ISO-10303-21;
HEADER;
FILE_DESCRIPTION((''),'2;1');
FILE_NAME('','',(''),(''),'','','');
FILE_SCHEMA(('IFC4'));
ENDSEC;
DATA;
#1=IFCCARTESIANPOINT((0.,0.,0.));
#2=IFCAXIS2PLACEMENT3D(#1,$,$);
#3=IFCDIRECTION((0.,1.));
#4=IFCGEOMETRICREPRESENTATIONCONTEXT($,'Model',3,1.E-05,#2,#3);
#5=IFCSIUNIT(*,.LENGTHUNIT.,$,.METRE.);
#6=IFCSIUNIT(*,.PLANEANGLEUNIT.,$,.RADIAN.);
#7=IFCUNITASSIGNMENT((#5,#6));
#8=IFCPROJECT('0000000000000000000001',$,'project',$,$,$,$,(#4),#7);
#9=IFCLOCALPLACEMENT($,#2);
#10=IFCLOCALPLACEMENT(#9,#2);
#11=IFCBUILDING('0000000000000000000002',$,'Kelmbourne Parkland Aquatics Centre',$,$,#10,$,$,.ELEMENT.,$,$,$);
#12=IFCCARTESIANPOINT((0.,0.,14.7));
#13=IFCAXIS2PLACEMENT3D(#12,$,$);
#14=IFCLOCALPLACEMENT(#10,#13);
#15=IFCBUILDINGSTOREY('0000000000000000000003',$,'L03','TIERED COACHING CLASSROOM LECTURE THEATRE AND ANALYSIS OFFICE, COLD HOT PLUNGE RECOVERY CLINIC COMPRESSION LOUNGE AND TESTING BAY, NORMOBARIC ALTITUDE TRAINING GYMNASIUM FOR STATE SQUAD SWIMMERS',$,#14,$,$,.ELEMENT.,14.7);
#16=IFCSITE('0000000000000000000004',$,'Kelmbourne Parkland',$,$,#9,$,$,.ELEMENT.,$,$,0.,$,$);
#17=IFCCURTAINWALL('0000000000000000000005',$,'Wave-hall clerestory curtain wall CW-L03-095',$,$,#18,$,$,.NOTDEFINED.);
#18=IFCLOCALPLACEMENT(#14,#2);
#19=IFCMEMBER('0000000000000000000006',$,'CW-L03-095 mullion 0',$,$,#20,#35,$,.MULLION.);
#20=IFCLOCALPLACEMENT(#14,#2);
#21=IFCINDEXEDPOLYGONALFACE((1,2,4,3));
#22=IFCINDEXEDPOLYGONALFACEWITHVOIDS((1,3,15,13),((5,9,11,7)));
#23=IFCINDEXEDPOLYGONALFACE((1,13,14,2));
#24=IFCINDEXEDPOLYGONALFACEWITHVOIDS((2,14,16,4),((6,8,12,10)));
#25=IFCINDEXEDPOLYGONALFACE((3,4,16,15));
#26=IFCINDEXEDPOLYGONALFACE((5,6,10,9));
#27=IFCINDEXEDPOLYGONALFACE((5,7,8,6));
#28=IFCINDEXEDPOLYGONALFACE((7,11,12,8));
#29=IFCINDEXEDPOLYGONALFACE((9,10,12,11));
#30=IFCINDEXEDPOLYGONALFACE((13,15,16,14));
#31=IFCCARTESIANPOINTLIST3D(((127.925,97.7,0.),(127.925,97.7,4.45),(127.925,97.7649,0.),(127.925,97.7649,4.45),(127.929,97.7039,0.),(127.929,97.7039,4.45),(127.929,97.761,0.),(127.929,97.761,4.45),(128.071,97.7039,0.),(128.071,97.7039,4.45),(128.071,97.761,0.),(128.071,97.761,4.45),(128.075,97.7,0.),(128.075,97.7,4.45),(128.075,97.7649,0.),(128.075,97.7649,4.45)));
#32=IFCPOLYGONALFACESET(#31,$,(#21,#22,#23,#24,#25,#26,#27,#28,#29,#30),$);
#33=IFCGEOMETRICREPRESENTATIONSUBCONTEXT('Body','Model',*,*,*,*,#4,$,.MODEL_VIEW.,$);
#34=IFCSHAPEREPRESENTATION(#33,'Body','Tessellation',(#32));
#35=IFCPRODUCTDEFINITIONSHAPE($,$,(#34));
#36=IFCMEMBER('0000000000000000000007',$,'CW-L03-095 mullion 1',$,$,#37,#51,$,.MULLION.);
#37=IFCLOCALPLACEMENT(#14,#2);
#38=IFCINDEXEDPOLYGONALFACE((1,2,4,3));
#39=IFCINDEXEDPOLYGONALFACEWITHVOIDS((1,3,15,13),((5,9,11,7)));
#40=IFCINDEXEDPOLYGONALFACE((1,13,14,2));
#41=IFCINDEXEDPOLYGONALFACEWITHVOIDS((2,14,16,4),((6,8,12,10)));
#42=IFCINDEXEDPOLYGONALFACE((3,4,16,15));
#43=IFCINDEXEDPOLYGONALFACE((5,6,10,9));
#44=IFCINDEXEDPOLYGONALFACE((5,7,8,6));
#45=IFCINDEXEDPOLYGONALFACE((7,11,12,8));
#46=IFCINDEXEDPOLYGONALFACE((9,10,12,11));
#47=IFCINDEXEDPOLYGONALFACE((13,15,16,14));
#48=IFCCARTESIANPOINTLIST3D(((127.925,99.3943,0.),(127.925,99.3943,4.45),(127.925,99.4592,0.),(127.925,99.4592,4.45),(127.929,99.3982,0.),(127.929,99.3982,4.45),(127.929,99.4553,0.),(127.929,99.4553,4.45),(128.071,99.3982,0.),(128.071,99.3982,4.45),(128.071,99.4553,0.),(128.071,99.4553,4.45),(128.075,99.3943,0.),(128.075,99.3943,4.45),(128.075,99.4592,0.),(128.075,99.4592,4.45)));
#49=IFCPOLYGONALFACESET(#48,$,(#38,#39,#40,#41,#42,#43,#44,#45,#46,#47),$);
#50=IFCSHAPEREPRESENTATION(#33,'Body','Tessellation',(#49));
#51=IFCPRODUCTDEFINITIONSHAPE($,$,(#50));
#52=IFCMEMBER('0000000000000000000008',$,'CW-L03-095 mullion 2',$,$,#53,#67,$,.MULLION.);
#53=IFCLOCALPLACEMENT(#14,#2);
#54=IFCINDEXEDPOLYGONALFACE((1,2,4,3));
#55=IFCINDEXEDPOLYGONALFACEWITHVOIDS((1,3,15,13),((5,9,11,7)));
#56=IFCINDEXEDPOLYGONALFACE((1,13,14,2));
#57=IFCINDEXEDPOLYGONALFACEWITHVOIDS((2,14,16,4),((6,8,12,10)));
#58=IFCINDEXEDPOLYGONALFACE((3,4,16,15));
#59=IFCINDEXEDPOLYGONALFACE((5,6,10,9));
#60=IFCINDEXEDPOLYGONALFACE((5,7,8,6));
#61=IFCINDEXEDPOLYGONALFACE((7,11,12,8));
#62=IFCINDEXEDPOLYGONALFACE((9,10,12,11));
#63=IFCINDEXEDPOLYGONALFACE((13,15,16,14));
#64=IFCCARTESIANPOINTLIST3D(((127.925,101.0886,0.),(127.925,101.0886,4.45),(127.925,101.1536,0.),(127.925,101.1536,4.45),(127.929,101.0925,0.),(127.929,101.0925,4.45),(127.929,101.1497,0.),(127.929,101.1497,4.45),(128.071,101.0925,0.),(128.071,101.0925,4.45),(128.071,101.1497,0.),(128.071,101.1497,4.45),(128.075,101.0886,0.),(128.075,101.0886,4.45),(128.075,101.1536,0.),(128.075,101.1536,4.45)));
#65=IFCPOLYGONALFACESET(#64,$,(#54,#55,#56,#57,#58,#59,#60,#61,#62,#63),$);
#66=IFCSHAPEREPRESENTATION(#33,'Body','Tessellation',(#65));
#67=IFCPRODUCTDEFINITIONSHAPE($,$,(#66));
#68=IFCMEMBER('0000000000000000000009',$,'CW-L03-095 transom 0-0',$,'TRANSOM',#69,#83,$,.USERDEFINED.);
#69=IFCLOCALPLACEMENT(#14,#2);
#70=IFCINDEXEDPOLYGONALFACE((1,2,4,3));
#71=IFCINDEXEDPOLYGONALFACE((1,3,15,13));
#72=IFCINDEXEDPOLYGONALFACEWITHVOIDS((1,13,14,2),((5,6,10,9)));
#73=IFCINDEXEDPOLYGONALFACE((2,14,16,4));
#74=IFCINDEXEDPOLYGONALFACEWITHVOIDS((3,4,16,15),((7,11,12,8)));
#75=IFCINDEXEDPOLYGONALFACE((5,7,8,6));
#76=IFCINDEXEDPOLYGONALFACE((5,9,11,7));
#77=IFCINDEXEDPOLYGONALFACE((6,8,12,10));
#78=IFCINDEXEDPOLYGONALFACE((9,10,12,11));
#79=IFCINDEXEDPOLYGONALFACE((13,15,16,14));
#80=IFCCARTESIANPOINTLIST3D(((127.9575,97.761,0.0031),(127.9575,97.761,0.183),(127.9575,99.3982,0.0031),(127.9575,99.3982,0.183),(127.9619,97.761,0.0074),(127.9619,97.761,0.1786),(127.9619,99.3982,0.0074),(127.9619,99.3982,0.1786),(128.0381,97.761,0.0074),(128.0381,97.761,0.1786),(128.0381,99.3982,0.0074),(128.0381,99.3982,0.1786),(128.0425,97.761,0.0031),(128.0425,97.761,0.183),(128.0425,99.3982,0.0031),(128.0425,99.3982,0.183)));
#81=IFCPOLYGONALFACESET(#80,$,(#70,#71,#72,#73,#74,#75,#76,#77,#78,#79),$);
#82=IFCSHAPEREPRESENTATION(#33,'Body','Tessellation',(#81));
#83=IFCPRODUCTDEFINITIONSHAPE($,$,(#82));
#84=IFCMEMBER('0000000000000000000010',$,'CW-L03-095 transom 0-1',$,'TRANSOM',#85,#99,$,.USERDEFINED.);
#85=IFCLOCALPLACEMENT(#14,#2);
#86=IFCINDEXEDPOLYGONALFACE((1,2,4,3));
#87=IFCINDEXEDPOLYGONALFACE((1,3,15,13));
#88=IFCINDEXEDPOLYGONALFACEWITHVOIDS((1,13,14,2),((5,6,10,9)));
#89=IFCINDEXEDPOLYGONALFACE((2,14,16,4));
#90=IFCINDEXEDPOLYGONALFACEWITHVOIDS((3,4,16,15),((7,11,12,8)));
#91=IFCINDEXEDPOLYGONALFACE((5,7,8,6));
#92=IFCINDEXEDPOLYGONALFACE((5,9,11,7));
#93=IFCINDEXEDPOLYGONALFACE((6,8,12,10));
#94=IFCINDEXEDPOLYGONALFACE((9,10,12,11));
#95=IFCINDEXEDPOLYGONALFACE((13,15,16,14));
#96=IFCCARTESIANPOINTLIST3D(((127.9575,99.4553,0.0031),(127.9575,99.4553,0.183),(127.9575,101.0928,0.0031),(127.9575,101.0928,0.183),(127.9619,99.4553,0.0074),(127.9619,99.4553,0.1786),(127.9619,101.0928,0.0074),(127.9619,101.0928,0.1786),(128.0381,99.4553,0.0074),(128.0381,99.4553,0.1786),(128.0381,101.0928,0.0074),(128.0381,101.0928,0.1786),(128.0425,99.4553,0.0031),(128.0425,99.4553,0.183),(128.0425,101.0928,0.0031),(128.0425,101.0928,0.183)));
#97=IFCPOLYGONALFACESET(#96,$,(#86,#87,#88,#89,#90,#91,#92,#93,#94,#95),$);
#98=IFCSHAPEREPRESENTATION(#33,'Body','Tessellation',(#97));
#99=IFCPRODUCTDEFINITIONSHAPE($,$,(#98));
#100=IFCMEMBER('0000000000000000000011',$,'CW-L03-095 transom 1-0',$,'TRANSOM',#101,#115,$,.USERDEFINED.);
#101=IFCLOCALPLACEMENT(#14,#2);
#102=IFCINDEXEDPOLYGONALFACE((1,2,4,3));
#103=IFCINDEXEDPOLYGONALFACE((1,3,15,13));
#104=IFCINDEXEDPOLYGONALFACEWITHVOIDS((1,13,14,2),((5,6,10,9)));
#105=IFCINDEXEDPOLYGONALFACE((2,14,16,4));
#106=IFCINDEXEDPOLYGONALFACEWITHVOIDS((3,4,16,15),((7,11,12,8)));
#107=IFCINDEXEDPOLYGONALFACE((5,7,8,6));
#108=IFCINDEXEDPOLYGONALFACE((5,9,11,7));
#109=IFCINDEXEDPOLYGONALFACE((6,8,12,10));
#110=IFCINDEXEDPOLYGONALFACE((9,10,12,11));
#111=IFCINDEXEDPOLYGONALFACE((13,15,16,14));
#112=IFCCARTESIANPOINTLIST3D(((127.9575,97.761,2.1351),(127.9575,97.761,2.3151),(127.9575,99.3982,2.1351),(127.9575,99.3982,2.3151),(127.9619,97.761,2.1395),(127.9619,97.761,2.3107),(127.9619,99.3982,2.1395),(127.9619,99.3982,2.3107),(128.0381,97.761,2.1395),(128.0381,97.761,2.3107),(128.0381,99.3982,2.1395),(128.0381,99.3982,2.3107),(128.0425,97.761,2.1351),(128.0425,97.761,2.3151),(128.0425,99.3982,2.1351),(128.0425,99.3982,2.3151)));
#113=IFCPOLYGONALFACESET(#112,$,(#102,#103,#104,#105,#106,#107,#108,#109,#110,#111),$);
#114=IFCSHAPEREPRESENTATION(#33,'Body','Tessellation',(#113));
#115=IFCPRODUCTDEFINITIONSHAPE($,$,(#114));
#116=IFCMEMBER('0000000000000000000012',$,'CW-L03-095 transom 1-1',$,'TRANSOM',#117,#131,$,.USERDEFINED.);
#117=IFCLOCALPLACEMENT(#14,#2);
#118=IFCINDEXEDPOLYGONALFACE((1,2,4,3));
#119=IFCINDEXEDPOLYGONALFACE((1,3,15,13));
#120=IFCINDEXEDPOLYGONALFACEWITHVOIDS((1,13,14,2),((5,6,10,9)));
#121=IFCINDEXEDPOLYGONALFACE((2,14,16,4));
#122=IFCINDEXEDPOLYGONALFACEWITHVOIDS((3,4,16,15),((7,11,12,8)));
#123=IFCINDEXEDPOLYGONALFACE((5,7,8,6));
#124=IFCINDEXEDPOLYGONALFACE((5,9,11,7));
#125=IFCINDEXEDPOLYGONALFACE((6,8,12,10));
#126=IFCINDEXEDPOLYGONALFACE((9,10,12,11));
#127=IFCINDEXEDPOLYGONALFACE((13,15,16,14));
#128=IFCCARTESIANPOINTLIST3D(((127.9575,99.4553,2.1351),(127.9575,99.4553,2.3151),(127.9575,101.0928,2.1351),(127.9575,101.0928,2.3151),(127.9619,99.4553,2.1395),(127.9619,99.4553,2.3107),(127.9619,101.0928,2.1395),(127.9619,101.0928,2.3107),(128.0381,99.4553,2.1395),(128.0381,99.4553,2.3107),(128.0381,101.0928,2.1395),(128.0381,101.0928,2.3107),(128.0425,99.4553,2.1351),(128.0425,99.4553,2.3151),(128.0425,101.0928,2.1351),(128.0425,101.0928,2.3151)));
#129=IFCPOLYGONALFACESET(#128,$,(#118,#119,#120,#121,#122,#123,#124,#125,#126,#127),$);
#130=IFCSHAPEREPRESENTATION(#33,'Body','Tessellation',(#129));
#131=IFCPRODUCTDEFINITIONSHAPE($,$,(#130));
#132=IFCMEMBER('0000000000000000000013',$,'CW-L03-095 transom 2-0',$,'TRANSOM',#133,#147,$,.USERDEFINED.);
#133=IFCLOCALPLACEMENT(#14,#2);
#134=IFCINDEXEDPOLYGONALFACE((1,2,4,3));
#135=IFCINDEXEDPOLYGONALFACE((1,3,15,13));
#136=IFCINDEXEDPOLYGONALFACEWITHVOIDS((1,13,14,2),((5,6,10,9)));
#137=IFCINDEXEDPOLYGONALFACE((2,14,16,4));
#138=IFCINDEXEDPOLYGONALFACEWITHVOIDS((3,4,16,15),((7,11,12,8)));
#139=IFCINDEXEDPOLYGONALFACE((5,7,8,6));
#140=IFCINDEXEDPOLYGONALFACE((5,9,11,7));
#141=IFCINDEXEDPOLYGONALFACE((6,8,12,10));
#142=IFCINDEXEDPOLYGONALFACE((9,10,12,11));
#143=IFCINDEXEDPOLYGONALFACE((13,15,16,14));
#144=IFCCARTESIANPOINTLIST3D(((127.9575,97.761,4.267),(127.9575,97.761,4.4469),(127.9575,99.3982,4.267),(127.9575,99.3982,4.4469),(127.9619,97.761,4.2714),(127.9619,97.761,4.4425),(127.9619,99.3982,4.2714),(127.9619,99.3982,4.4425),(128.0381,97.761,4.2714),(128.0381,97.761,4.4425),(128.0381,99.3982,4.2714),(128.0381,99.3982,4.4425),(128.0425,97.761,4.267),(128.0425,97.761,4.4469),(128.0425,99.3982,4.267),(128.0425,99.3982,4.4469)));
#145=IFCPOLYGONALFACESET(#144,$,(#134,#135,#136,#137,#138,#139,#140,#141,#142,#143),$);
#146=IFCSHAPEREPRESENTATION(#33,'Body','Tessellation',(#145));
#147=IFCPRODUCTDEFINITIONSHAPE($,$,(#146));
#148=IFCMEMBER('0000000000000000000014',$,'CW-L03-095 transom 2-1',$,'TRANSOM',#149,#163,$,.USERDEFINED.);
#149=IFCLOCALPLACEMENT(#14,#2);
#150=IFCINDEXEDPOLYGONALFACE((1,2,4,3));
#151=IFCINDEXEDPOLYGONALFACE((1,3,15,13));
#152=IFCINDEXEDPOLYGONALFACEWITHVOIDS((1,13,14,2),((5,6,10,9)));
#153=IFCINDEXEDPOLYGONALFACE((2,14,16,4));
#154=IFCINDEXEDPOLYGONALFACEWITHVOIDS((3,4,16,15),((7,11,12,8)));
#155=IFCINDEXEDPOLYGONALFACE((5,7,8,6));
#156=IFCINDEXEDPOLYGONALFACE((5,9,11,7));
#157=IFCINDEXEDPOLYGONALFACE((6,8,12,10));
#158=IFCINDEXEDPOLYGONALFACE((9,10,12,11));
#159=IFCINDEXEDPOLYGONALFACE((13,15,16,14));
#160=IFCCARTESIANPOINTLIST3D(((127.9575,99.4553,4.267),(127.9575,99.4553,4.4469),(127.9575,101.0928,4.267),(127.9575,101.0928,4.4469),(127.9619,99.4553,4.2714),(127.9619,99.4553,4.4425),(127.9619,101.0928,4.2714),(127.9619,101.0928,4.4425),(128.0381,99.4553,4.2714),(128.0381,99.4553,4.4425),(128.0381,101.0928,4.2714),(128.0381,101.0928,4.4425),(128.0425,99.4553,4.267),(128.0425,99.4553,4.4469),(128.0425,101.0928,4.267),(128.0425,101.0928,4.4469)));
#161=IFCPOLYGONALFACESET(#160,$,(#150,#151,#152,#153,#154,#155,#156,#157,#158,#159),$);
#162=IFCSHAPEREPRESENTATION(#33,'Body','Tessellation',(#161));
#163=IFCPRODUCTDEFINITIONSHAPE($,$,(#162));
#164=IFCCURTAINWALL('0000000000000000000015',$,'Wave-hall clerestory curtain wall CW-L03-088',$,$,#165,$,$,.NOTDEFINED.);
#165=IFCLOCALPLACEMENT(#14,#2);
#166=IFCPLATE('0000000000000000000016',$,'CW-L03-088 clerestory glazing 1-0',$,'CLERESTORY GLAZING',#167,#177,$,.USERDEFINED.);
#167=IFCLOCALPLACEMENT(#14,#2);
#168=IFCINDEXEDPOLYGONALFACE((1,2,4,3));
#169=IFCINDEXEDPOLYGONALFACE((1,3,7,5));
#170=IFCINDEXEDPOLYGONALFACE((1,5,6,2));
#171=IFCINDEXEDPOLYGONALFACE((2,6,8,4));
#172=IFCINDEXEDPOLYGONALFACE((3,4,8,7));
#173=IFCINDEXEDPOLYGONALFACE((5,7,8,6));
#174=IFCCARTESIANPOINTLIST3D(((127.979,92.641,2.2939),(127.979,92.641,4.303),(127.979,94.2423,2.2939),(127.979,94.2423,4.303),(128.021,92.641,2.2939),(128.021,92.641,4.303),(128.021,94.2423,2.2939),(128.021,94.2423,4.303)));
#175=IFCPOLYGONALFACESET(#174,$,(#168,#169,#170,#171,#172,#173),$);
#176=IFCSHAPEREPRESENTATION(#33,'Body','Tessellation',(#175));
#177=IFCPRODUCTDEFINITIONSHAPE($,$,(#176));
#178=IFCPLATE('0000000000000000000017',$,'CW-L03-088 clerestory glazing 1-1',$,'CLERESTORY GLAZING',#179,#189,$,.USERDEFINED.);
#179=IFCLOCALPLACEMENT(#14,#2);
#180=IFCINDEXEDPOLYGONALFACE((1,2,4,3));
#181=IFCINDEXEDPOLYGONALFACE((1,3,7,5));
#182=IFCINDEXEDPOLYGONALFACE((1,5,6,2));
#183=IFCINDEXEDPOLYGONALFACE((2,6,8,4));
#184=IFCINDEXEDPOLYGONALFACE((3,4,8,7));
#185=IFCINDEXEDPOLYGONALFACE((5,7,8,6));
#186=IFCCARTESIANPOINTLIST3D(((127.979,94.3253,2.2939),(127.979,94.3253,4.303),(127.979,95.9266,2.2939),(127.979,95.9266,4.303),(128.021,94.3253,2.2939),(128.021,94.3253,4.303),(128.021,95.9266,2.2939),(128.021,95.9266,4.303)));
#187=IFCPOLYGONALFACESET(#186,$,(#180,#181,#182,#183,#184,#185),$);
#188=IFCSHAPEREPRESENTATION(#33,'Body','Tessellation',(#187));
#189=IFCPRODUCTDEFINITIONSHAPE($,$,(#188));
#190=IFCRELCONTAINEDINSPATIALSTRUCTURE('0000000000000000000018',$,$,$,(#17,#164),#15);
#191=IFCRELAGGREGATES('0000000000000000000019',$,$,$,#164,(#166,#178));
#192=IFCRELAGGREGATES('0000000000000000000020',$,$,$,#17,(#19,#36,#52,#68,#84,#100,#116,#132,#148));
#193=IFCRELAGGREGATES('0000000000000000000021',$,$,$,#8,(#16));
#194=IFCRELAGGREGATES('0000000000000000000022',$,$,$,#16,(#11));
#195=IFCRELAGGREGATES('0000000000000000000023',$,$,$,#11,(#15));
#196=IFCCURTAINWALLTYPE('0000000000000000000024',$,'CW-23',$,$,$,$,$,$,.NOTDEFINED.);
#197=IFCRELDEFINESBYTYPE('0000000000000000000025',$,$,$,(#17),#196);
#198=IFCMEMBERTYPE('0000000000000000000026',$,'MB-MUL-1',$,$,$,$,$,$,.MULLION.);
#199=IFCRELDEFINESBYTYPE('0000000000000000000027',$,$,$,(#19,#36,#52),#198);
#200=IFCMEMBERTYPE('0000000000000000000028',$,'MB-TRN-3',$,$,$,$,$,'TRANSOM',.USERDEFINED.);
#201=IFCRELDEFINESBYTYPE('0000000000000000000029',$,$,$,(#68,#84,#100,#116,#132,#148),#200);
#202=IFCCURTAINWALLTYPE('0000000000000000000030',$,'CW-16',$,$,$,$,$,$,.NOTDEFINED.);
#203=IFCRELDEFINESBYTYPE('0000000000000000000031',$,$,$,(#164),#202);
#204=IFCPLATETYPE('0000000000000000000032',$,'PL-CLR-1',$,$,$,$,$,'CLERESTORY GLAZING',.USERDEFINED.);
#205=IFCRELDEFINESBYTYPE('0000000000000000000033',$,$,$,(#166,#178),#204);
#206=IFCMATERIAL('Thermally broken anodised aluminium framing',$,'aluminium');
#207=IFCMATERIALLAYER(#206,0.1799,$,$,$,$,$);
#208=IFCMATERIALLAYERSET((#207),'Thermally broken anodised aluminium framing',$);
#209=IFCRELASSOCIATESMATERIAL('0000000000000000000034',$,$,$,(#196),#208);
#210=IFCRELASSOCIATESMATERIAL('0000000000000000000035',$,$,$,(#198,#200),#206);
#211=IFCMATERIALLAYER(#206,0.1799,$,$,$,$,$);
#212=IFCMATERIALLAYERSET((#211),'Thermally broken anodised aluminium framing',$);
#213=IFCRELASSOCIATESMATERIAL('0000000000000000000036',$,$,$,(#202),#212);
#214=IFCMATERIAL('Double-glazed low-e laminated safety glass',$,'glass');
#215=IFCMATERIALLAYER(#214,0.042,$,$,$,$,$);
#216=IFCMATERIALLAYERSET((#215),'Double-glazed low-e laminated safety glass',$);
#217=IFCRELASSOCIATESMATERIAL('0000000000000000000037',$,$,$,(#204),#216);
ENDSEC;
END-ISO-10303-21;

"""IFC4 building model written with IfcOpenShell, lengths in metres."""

from ifc_helpers import new_model, si_unit, direction, frame, origin, origin_2d, place, context, subcontext, project, spatial, rectangle, hollow_rectangle, extrude, material, layer, layer_set, material_profile, profile_set, type_object, element, aggregate, save


model = new_model("IFC4")

# Units and contexts
model_context = context("Model", 3, precision=1e-05, world=origin(), true_north=direction((0.0, 1.0)))
body_context = subcontext(model_context, "Body", "Model", "MODEL_VIEW")
ifc_project = project(units=[si_unit("LENGTHUNIT", "METRE"), si_unit("PLANEANGLEUNIT", "RADIAN")], contexts=[model_context])

# Site, building, storey
site_placement = place(None, origin())
site = spatial("IfcSite", under=ifc_project, at=site_placement, Name="Kelmbourne Parkland", CompositionType="ELEMENT", RefElevation=0.0)
building_placement = place(site_placement, origin())
building = spatial("IfcBuilding", under=site, at=building_placement, Name="Kelmbourne Parkland Aquatics Centre", CompositionType="ELEMENT")
storey_placement = place(building_placement, frame((0.0, 0.0, 14.7)))
storey = spatial("IfcBuildingStorey", under=building, at=storey_placement, Name="L03", Description="TIERED COACHING CLASSROOM LECTURE THEATRE AND ANALYSIS OFFICE, COLD HOT PLUNGE RECOVERY CLINIC COMPRESSION LOUNGE AND TESTING BAY, NORMOBARIC ALTITUDE TRAINING GYMNASIUM FOR STATE SQUAD SWIMMERS", CompositionType="ELEMENT", Elevation=14.7)

# Curtain wall, members
ifc_material_1 = material(Name="Thermally broken anodised aluminium framing", Category="aluminium")
ifc_layer_1 = layer(ifc_material_1, 0.1799)
ifc_layer_set_1 = layer_set([ifc_layer_1], Name="Thermally broken anodised aluminium framing")
curtain_wall_type_1 = type_object("IfcCurtainWallType", Name="CW-23", PredefinedType="NOTDEFINED", material=ifc_layer_set_1)
curtain_wall_1_placement = place(storey_placement, origin())
curtain_wall_1 = element("IfcCurtainWall", 1, at=curtain_wall_1_placement, inside=storey, type_object=curtain_wall_type_1, Name="Wave-hall clerestory curtain wall CW-L03-095", PredefinedType="NOTDEFINED")
ifc_material_profile_1 = material_profile(ifc_material_1, hollow_rectangle(XDim=0.0649, YDim=0.1499, WallThickness=0.0039, at=origin_2d()), Name="CW-M 65x150")
ifc_profile_set_1 = profile_set([ifc_material_profile_1], Name="Thermally broken anodised aluminium framing")
member_type_1 = type_object("IfcMemberType", Name="MB-MUL-1", PredefinedType="MULLION", material=ifc_profile_set_1)
member_1_placement = place(storey_placement, frame((128.0, 97.7324, 0.0), z_axis=(0.0, 0.0, 1.0), x_axis=(0.0, 1.0, 0.0)))
member_1 = element("IfcMember", 2, at=member_1_placement, type_object=member_type_1, Name="CW-L03-095 mullion 0", PredefinedType="MULLION", context=body_context, shape_type="SweptSolid", body=[
    extrude(hollow_rectangle(XDim=0.0649, YDim=0.1499, WallThickness=0.0039, at=origin_2d()), origin(), (0.0, 0.0, 1.0), 4.45),
])
member_2_placement = place(storey_placement, frame((128.0, 99.4268, 0.0), z_axis=(0.0, 0.0, 1.0), x_axis=(0.0, 1.0, 0.0)))
member_2 = element("IfcMember", 3, at=member_2_placement, type_object=member_type_1, Name="CW-L03-095 mullion 1", PredefinedType="MULLION", context=body_context, shape_type="SweptSolid", body=[
    extrude(hollow_rectangle(XDim=0.0649, YDim=0.1499, WallThickness=0.0039, at=origin_2d()), origin(), (0.0, 0.0, 1.0), 4.45),
])
member_3_placement = place(storey_placement, frame((128.0, 101.1211, 0.0), z_axis=(0.0, 0.0, 1.0), x_axis=(0.0, 1.0, 0.0)))
member_3 = element("IfcMember", 4, at=member_3_placement, type_object=member_type_1, Name="CW-L03-095 mullion 2", PredefinedType="MULLION", context=body_context, shape_type="SweptSolid", body=[
    extrude(hollow_rectangle(XDim=0.0649, YDim=0.1499, WallThickness=0.0039, at=origin_2d()), origin(), (0.0, 0.0, 1.0), 4.45),
])
ifc_material_profile_2 = material_profile(ifc_material_1, hollow_rectangle(XDim=0.085, YDim=0.1799, WallThickness=0.0044, at=origin_2d()), Name="CW-T 85x180")
ifc_profile_set_2 = profile_set([ifc_material_profile_2], Name="Thermally broken anodised aluminium framing")
member_type_2 = type_object("IfcMemberType", Name="MB-TRN-3", ElementType="TRANSOM", PredefinedType="USERDEFINED", material=ifc_profile_set_2)
member_4_placement = place(storey_placement, frame((128.0, 97.761, 0.093), z_axis=(0.0, 1.0, 0.0), x_axis=(-1.0, 0.0, 0.0)))
member_4 = element("IfcMember", 5, at=member_4_placement, type_object=member_type_2, Name="CW-L03-095 transom 0-0", ObjectType="TRANSOM", PredefinedType="USERDEFINED", context=body_context, shape_type="SweptSolid", body=[
    extrude(hollow_rectangle(XDim=0.085, YDim=0.1799, WallThickness=0.0044, at=origin_2d()), origin(), (0.0, 0.0, 1.0), 1.6372),
])
member_5_placement = place(storey_placement, frame((128.0, 99.4553, 0.093), z_axis=(0.0, 1.0, 0.0), x_axis=(-1.0, 0.0, 0.0)))
member_5 = element("IfcMember", 6, at=member_5_placement, type_object=member_type_2, Name="CW-L03-095 transom 0-1", ObjectType="TRANSOM", PredefinedType="USERDEFINED", context=body_context, shape_type="SweptSolid", body=[
    extrude(hollow_rectangle(XDim=0.085, YDim=0.1799, WallThickness=0.0044, at=origin_2d()), origin(), (0.0, 0.0, 1.0), 1.6375),
])
member_6_placement = place(storey_placement, frame((128.0, 97.761, 2.2251), z_axis=(0.0, 1.0, 0.0), x_axis=(-1.0, 0.0, 0.0)))
member_6 = element("IfcMember", 7, at=member_6_placement, type_object=member_type_2, Name="CW-L03-095 transom 1-0", ObjectType="TRANSOM", PredefinedType="USERDEFINED", context=body_context, shape_type="SweptSolid", body=[
    extrude(hollow_rectangle(XDim=0.085, YDim=0.1799, WallThickness=0.0044, at=origin_2d()), origin(), (0.0, 0.0, 1.0), 1.6372),
])
member_7_placement = place(storey_placement, frame((128.0, 99.4553, 2.2251), z_axis=(0.0, 1.0, 0.0), x_axis=(-1.0, 0.0, 0.0)))
member_7 = element("IfcMember", 8, at=member_7_placement, type_object=member_type_2, Name="CW-L03-095 transom 1-1", ObjectType="TRANSOM", PredefinedType="USERDEFINED", context=body_context, shape_type="SweptSolid", body=[
    extrude(hollow_rectangle(XDim=0.085, YDim=0.1799, WallThickness=0.0044, at=origin_2d()), origin(), (0.0, 0.0, 1.0), 1.6375),
])
member_8_placement = place(storey_placement, frame((128.0, 97.761, 4.3569), z_axis=(0.0, 1.0, 0.0), x_axis=(-1.0, 0.0, 0.0)))
member_8 = element("IfcMember", 9, at=member_8_placement, type_object=member_type_2, Name="CW-L03-095 transom 2-0", ObjectType="TRANSOM", PredefinedType="USERDEFINED", context=body_context, shape_type="SweptSolid", body=[
    extrude(hollow_rectangle(XDim=0.085, YDim=0.1799, WallThickness=0.0044, at=origin_2d()), origin(), (0.0, 0.0, 1.0), 1.6372),
])
member_9_placement = place(storey_placement, frame((128.0, 99.4553, 4.3569), z_axis=(0.0, 1.0, 0.0), x_axis=(-1.0, 0.0, 0.0)))
member_9 = element("IfcMember", 10, at=member_9_placement, type_object=member_type_2, Name="CW-L03-095 transom 2-1", ObjectType="TRANSOM", PredefinedType="USERDEFINED", context=body_context, shape_type="SweptSolid", body=[
    extrude(hollow_rectangle(XDim=0.085, YDim=0.1799, WallThickness=0.0044, at=origin_2d()), origin(), (0.0, 0.0, 1.0), 1.6375),
])

# Curtain wall, plates
ifc_layer_2 = layer(ifc_material_1, 0.1799)
ifc_layer_set_2 = layer_set([ifc_layer_2], Name="Thermally broken anodised aluminium framing")
curtain_wall_type_2 = type_object("IfcCurtainWallType", Name="CW-16", PredefinedType="NOTDEFINED", material=ifc_layer_set_2)
curtain_wall_2_placement = place(storey_placement, origin())
curtain_wall_2 = element("IfcCurtainWall", 11, at=curtain_wall_2_placement, inside=storey, type_object=curtain_wall_type_2, Name="Wave-hall clerestory curtain wall CW-L03-088", PredefinedType="NOTDEFINED")
ifc_material_2 = material(Name="Double-glazed low-e laminated safety glass", Category="glass")
ifc_layer_3 = layer(ifc_material_2, 0.042)
ifc_layer_set_3 = layer_set([ifc_layer_3], Name="Double-glazed low-e laminated safety glass")
plate_type_1 = type_object("IfcPlateType", Name="PL-CLR-1", ElementType="CLERESTORY GLAZING", PredefinedType="USERDEFINED", material=ifc_layer_set_3)
plate_1_placement = place(storey_placement, frame((128.0, 93.4417, 2.2939), z_axis=(0.0, 0.0, 1.0), x_axis=(0.0, 1.0, 0.0)))
plate_1 = element("IfcPlate", 12, at=plate_1_placement, type_object=plate_type_1, Name="CW-L03-088 clerestory glazing 1-0", ObjectType="CLERESTORY GLAZING", PredefinedType="USERDEFINED", context=body_context, shape_type="SweptSolid", body=[
    extrude(rectangle(XDim=1.6013, YDim=0.042, at=origin_2d()), origin(), (0.0, 0.0, 1.0), 2.009),
])
plate_2_placement = place(storey_placement, frame((128.0, 95.126, 2.2939), z_axis=(0.0, 0.0, 1.0), x_axis=(0.0, 1.0, 0.0)))
plate_2 = element("IfcPlate", 13, at=plate_2_placement, type_object=plate_type_1, Name="CW-L03-088 clerestory glazing 1-1", ObjectType="CLERESTORY GLAZING", PredefinedType="USERDEFINED", context=body_context, shape_type="SweptSolid", body=[
    extrude(rectangle(XDim=1.6013, YDim=0.042, at=origin_2d()), origin(), (0.0, 0.0, 1.0), 2.009),
])

aggregate(curtain_wall_2, [plate_1, plate_2])
aggregate(curtain_wall_1, [member_1, member_2, member_3, member_4, member_5, member_6, member_7, member_8, member_9])

save(model, "model.ifc")
